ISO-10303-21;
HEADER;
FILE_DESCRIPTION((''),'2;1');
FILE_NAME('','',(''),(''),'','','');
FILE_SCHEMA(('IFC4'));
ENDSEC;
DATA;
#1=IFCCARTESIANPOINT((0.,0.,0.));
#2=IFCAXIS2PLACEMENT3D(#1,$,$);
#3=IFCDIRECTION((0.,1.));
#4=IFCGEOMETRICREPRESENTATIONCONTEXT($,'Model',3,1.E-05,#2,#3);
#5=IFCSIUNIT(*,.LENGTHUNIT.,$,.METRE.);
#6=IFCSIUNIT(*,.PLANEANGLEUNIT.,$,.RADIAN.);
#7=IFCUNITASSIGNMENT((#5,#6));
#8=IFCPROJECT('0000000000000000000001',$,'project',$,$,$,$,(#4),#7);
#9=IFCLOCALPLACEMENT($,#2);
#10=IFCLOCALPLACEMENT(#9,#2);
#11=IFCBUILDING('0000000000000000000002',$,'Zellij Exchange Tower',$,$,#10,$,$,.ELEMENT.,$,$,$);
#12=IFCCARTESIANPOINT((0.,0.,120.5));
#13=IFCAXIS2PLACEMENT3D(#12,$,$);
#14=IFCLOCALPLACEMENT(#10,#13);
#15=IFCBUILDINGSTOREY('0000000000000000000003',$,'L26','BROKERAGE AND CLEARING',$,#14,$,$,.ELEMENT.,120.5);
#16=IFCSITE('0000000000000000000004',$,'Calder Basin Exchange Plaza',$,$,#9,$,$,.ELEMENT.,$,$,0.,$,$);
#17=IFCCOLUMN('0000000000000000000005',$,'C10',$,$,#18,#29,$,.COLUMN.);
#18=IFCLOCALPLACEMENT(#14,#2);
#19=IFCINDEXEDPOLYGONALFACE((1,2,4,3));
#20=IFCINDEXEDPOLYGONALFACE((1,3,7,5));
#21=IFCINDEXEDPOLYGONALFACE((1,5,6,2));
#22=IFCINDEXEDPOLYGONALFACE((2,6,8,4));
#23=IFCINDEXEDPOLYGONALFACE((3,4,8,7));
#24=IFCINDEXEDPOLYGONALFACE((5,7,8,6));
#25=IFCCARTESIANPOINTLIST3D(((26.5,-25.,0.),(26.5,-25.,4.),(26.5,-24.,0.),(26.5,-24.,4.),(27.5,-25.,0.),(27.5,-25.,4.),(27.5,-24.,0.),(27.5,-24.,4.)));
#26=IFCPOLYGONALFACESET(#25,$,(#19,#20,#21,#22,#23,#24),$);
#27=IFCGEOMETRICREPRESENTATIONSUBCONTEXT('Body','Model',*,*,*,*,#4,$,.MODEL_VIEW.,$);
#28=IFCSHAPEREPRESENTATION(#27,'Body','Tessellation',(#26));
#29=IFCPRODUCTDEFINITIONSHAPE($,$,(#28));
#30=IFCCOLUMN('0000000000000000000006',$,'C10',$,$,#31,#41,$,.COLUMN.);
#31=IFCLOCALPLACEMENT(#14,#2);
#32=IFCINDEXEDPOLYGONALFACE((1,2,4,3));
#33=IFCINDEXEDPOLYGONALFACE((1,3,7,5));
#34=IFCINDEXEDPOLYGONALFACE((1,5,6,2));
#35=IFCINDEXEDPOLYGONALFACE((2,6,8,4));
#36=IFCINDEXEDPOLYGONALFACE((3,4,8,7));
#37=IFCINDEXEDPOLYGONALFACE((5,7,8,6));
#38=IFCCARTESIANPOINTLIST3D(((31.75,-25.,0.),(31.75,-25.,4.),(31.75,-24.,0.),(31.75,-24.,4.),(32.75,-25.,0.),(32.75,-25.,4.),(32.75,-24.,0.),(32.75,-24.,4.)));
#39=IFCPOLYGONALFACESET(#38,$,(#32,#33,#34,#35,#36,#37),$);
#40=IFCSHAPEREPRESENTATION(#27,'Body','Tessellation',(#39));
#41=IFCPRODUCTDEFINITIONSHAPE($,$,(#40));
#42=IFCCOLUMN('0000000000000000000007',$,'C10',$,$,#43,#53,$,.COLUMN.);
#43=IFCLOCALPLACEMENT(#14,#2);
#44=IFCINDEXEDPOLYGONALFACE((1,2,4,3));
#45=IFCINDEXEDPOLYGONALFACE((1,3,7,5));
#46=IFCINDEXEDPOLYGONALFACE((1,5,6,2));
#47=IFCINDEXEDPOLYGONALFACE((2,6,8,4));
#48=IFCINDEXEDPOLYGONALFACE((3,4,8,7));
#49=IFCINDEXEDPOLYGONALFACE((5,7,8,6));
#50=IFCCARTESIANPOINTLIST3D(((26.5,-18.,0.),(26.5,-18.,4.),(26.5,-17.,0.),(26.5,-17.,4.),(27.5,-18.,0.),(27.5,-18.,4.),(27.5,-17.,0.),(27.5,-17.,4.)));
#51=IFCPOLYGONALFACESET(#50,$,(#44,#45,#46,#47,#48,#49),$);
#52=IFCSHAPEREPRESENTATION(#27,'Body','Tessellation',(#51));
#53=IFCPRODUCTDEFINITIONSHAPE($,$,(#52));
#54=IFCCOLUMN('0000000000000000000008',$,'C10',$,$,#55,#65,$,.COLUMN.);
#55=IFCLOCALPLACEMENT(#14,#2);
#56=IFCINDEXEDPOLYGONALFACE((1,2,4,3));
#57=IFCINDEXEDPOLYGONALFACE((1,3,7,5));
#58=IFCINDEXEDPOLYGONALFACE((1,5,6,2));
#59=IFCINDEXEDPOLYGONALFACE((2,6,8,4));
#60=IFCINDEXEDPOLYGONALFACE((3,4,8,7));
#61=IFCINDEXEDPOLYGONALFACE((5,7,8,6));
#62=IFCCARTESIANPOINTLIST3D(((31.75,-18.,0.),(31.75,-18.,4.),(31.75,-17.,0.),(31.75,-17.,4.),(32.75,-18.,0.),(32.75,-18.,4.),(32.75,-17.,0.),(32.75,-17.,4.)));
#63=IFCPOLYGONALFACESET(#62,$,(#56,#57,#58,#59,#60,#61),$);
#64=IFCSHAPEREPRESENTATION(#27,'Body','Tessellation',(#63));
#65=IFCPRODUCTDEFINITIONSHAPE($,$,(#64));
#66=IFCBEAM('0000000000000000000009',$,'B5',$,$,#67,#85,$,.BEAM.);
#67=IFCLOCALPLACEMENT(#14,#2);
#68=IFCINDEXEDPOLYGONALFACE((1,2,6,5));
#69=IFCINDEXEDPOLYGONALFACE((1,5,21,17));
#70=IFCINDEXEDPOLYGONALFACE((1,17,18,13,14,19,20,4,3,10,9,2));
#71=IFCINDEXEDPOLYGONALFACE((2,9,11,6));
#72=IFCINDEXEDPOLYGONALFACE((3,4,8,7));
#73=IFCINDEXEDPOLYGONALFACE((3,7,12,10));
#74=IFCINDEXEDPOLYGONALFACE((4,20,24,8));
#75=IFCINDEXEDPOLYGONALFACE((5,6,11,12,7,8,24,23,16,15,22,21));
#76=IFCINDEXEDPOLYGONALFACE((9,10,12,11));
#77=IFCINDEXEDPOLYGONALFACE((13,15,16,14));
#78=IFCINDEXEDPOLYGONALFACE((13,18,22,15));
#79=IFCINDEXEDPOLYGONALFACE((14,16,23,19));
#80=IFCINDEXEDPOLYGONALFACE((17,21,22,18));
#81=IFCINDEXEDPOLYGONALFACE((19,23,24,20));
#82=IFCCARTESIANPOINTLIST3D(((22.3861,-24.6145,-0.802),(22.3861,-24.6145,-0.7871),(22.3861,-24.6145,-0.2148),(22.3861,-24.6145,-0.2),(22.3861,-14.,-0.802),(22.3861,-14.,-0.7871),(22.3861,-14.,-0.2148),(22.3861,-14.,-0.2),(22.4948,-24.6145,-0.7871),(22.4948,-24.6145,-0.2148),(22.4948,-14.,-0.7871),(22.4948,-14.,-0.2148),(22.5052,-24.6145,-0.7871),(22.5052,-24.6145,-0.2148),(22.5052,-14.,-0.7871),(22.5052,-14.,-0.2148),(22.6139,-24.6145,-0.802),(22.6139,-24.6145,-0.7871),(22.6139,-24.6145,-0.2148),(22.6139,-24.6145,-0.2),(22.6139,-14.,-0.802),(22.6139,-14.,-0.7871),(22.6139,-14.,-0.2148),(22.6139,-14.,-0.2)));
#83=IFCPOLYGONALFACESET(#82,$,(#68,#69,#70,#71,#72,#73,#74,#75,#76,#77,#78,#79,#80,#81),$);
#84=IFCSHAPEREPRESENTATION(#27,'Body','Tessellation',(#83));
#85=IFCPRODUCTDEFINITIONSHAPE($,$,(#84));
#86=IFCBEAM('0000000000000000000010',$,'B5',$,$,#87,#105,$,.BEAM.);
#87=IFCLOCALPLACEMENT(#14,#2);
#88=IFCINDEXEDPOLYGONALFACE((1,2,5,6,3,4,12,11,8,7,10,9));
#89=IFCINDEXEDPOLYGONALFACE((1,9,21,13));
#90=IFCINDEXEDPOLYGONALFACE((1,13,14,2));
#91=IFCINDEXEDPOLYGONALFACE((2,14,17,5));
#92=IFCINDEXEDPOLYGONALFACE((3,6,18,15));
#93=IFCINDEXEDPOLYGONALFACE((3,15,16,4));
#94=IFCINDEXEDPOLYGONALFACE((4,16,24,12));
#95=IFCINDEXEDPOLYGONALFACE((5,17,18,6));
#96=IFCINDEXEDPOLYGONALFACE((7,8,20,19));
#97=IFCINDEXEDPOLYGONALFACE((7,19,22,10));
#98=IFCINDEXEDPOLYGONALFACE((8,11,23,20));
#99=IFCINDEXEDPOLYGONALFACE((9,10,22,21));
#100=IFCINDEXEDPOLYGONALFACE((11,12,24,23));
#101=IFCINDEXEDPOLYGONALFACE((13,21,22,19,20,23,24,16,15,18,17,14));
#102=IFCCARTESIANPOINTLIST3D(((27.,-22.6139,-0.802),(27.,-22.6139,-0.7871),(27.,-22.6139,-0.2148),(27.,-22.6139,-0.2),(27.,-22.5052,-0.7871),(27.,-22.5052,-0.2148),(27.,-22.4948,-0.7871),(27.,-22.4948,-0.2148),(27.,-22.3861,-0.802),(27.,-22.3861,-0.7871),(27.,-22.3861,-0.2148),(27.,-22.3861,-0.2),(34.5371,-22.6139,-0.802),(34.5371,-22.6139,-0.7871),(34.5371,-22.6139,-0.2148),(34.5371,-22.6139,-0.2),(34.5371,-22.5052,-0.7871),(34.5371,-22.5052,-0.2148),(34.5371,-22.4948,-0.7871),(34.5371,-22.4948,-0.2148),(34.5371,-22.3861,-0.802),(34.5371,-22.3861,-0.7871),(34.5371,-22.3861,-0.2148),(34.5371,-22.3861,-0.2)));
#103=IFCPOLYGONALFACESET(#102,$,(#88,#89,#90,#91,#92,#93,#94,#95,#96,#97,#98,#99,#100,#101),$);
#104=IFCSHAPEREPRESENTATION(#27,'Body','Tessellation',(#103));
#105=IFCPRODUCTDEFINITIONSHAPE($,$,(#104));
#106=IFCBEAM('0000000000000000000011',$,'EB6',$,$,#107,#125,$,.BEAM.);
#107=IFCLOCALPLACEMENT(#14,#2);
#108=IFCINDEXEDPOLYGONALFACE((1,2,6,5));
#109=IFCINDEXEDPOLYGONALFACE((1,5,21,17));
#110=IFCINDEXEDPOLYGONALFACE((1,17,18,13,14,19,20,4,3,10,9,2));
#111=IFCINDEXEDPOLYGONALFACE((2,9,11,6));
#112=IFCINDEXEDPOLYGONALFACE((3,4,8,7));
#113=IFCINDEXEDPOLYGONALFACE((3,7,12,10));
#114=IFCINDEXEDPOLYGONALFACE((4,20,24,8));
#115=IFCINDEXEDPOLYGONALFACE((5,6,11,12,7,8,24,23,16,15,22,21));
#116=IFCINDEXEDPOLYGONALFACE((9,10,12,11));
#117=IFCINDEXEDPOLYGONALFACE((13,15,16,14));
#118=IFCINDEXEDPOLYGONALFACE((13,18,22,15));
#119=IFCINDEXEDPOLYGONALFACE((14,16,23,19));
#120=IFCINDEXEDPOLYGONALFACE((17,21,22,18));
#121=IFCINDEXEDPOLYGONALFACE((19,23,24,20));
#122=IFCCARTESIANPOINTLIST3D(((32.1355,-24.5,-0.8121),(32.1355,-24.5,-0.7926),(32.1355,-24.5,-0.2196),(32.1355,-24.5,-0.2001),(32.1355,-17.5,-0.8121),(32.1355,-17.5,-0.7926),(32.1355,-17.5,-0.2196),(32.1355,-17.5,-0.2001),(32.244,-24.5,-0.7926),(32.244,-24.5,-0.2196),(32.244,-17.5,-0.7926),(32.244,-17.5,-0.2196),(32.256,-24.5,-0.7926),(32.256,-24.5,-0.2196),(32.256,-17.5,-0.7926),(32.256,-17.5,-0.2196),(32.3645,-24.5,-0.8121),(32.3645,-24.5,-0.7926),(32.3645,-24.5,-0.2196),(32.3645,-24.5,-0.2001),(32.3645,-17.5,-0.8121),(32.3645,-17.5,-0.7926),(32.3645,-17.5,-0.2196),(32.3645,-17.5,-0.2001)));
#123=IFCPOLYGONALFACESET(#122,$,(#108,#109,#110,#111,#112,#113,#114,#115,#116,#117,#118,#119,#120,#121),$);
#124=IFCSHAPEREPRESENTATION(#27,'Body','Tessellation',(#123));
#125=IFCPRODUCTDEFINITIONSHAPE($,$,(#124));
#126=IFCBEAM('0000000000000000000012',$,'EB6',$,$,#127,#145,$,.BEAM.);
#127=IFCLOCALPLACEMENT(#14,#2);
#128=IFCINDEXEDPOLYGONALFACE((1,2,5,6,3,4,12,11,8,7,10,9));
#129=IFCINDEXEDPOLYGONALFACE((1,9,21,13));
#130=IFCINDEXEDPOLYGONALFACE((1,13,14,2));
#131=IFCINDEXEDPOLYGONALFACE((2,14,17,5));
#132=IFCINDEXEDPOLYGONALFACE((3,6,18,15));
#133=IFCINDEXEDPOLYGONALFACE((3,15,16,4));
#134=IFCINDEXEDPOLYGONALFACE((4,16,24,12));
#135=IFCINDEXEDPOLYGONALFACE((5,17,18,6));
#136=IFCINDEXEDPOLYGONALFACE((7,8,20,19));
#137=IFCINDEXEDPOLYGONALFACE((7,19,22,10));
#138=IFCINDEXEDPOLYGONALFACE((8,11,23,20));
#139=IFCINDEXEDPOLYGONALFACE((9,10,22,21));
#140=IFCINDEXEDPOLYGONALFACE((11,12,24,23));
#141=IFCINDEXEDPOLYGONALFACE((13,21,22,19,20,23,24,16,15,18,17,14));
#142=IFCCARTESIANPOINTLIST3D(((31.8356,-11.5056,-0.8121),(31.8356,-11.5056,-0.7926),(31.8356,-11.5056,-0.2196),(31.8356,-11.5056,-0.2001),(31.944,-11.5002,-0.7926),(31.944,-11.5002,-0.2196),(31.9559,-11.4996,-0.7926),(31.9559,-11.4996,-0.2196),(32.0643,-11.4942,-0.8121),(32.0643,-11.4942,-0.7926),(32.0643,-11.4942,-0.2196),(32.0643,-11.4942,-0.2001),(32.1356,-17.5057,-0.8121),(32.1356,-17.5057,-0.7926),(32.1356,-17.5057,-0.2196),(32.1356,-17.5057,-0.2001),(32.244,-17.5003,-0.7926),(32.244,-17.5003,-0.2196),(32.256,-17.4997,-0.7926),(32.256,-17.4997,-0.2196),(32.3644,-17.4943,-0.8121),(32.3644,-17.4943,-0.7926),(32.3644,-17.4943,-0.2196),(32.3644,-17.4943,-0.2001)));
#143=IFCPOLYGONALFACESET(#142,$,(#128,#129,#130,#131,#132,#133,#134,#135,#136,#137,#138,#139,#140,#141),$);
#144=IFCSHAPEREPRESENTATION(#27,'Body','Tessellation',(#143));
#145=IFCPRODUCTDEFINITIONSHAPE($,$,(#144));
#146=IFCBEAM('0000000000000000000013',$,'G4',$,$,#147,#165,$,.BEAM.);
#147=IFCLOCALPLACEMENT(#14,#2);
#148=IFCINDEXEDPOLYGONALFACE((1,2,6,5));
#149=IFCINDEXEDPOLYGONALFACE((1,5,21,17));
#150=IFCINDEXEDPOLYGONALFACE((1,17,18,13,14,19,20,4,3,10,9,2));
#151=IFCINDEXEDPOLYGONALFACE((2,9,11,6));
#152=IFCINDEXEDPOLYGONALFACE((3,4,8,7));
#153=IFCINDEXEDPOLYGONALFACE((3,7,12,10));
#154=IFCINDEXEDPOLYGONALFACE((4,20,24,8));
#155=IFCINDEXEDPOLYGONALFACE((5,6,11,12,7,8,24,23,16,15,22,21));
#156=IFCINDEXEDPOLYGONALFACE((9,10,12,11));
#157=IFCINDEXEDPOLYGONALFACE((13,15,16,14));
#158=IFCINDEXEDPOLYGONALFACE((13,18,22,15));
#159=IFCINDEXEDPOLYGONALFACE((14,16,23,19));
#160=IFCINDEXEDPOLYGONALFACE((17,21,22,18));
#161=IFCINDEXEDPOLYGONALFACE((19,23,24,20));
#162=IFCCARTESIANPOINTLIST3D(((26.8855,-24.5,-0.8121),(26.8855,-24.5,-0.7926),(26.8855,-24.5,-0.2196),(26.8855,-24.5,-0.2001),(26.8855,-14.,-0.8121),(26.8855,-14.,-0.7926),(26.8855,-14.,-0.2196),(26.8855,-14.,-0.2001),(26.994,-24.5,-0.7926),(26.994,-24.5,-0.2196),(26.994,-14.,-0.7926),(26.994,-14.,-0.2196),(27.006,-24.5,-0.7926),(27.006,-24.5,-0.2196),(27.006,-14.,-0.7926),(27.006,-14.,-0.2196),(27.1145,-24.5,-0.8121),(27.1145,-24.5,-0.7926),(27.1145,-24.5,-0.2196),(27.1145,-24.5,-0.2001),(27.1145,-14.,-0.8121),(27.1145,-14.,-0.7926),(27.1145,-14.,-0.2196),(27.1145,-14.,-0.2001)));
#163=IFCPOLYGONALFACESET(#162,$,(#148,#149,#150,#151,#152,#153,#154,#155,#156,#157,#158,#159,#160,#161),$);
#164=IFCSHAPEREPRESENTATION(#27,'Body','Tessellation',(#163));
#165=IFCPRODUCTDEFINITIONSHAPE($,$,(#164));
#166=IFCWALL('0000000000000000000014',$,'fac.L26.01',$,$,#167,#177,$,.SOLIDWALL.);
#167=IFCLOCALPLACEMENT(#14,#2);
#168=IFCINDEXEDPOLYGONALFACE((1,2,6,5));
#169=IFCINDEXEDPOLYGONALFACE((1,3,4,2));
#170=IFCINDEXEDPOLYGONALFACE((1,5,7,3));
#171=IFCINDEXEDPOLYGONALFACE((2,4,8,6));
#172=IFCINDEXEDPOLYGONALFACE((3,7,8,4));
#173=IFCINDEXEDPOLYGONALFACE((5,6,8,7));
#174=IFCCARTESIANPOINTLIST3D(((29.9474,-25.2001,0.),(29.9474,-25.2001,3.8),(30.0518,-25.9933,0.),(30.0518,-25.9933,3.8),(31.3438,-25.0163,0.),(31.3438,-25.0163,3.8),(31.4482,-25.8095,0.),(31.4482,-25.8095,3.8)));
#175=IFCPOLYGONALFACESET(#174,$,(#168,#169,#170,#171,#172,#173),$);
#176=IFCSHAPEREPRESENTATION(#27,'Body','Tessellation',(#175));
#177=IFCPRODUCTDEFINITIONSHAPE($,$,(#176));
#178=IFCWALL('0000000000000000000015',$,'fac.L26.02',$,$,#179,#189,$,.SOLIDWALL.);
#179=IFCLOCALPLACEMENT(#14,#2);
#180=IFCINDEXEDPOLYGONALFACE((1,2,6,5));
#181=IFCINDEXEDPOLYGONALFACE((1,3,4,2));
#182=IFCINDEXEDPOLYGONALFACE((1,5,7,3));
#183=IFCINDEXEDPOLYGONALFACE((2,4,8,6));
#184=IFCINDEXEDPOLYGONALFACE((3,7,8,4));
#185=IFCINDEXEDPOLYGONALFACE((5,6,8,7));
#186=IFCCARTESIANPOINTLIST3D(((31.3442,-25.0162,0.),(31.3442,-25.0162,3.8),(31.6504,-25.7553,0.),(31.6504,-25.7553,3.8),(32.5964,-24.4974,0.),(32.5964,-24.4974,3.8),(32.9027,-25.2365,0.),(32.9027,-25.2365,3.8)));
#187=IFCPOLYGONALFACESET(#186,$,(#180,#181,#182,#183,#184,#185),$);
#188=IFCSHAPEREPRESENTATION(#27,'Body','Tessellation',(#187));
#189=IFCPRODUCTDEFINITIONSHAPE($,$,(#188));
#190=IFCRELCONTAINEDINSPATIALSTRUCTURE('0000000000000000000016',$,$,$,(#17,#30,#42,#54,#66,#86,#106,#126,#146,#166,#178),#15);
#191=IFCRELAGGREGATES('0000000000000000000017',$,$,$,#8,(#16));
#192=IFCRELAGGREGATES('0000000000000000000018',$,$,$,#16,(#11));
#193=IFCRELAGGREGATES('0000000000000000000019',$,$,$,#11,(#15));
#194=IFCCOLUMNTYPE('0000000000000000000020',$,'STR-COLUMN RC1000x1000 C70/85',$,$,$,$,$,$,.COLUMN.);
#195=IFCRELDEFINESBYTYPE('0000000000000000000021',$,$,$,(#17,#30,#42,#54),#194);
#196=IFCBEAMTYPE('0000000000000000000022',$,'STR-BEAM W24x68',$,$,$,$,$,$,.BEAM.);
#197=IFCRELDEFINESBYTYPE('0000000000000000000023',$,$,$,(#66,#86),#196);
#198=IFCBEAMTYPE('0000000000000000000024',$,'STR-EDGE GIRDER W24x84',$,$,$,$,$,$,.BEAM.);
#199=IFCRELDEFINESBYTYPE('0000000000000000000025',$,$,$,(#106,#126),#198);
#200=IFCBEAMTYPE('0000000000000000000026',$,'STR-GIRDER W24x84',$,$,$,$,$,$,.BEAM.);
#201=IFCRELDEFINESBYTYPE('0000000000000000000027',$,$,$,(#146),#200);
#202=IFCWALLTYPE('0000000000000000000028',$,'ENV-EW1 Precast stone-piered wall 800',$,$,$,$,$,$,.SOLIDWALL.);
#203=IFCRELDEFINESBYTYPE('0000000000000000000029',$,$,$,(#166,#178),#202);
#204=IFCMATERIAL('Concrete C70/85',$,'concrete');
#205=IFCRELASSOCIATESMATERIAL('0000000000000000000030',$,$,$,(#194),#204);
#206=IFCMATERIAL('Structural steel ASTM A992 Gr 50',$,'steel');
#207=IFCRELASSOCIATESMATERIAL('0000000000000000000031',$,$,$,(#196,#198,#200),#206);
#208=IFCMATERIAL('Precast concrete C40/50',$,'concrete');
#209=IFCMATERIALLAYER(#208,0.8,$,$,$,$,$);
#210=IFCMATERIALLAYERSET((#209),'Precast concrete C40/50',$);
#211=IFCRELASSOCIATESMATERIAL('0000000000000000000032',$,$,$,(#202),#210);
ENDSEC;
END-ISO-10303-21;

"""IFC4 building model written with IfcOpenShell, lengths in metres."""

from ifc_helpers import new_model, si_unit, direction, frame, frame_2d, origin, origin_2d, place, context, subcontext, project, spatial, rectangle, i_section, extrude, material, layer, layer_set, material_profile, profile_set, type_object, element, save


model = new_model("IFC4")

# Units and contexts
model_context = context("Model", 3, precision=1e-05, world=origin(), true_north=direction((0.0, 1.0)))
body_context = subcontext(model_context, "Body", "Model", "MODEL_VIEW")
ifc_project = project(units=[si_unit("LENGTHUNIT", "METRE"), si_unit("PLANEANGLEUNIT", "RADIAN")], contexts=[model_context])

# Site, building, storey
site_placement = place(None, origin())
site = spatial("IfcSite", under=ifc_project, at=site_placement, Name="Calder Basin Exchange Plaza", CompositionType="ELEMENT", RefElevation=0.0)
building_placement = place(site_placement, origin())
building = spatial("IfcBuilding", under=site, at=building_placement, Name="Zellij Exchange Tower", CompositionType="ELEMENT")
storey_placement = place(building_placement, frame((0.0, 0.0, 120.5)))
storey = spatial("IfcBuildingStorey", under=building, at=storey_placement, Name="L26", Description="BROKERAGE AND CLEARING", CompositionType="ELEMENT", Elevation=120.5)

# Columns
ifc_material_1 = material(Name="Concrete C70/85", Category="concrete")
ifc_material_profile_1 = material_profile(ifc_material_1, rectangle(XDim=1.0, YDim=1.0, at=origin_2d()), Name="STR-COLUMN RC1000x1000 C70/85")
ifc_profile_set_1 = profile_set([ifc_material_profile_1], Name="Concrete C70/85")
column_type = type_object("IfcColumnType", Name="STR-COLUMN RC1000x1000 C70/85", PredefinedType="COLUMN", material=ifc_profile_set_1)
for number, where, z_axis, x_axis, name in (
    (1, (27.0, -24.5, 0.0), (0.0, 0.0, 1.0), (1.0, 0.0, 0.0), "C10"),
    (2, (32.25, -24.5, 0.0), (0.0, 0.0, 1.0), (1.0, 0.0, 0.0), "C10"),
    (3, (27.0, -17.5, 0.0), (0.0, 0.0, 1.0), (1.0, 0.0, 0.0), "C10"),
    (4, (32.25, -17.5, 0.0), (0.0, 0.0, 1.0), (1.0, 0.0, 0.0), "C10"),
):
    element("IfcColumn", number, at=place(storey_placement, frame(where, z_axis=z_axis, x_axis=x_axis)), inside=storey, type_object=column_type, Name=name, PredefinedType="COLUMN", context=body_context, shape_type="SweptSolid", body=[
        extrude(rectangle(XDim=1.0, YDim=1.0, at=origin_2d()), origin(), (0.0, 0.0, 1.0), 4.0),
    ])

# Beams
ifc_material_2 = material(Name="Structural steel ASTM A992 Gr 50", Category="steel")
ifc_material_profile_2 = material_profile(ifc_material_2, i_section(OverallWidth=0.2278, OverallDepth=0.6021, WebThickness=0.0105, FlangeThickness=0.0149, at=origin_2d()), Name="W24x68")
ifc_profile_set_2 = profile_set([ifc_material_profile_2], Name="Structural steel ASTM A992 Gr 50")
beam_type_1 = type_object("IfcBeamType", Name="STR-BEAM W24x68", PredefinedType="BEAM", material=ifc_profile_set_2)
beam_1_placement = place(storey_placement, frame((22.5, -24.6145, -0.501), z_axis=(0.0, 1.0, 0.0), x_axis=(-1.0, 0.0, 0.0)))
element("IfcBeam", 5, at=beam_1_placement, inside=storey, type_object=beam_type_1, Name="B5", PredefinedType="BEAM", context=body_context, shape_type="SweptSolid", body=[
    extrude(i_section(OverallWidth=0.2278, OverallDepth=0.6021, WebThickness=0.0105, FlangeThickness=0.0149, at=origin_2d()), origin(), (0.0, 0.0, 1.0), 10.6145),
])
beam_2_placement = place(storey_placement, frame((27.0, -22.5, -0.501), z_axis=(1.0, 0.0, 0.0), x_axis=(0.0, 1.0, 0.0)))
element("IfcBeam", 6, at=beam_2_placement, inside=storey, type_object=beam_type_1, Name="B5", PredefinedType="BEAM", context=body_context, shape_type="SweptSolid", body=[
    extrude(i_section(OverallWidth=0.2278, OverallDepth=0.6021, WebThickness=0.0105, FlangeThickness=0.0149, at=origin_2d()), origin(), (0.0, 0.0, 1.0), 7.5371),
])
ifc_material_profile_3 = material_profile(ifc_material_2, i_section(OverallWidth=0.229, OverallDepth=0.6121, WebThickness=0.012, FlangeThickness=0.0195, at=origin_2d()), Name="W24x84")
ifc_profile_set_3 = profile_set([ifc_material_profile_3], Name="Structural steel ASTM A992 Gr 50")
beam_type_2 = type_object("IfcBeamType", Name="STR-EDGE GIRDER W24x84", PredefinedType="BEAM", material=ifc_profile_set_3)
beam_3_placement = place(storey_placement, frame((32.25, -24.5, -0.5061), z_axis=(0.0, 1.0, 0.0), x_axis=(-1.0, 0.0, 0.0)))
element("IfcBeam", 7, at=beam_3_placement, inside=storey, type_object=beam_type_2, Name="EB6", PredefinedType="BEAM", context=body_context, shape_type="SweptSolid", body=[
    extrude(i_section(OverallWidth=0.229, OverallDepth=0.6121, WebThickness=0.012, FlangeThickness=0.0195, at=origin_2d()), origin(), (0.0, 0.0, 1.0), 7.0),
])
beam_4_placement = place(storey_placement, frame((32.25, -17.5, -0.5061), z_axis=(-0.049946, 0.998752, 0.0), x_axis=(-0.998752, -0.049946, 0.0)))
element("IfcBeam", 8, at=beam_4_placement, inside=storey, type_object=beam_type_2, Name="EB6", PredefinedType="BEAM", context=body_context, shape_type="SweptSolid", body=[
    extrude(i_section(OverallWidth=0.229, OverallDepth=0.6121, WebThickness=0.012, FlangeThickness=0.0195, at=origin_2d()), origin(), (0.0, 0.0, 1.0), 6.0076),
])
ifc_material_profile_4 = material_profile(ifc_material_2, i_section(OverallWidth=0.229, OverallDepth=0.6121, WebThickness=0.012, FlangeThickness=0.0195, at=origin_2d()), Name="W24x84")
ifc_profile_set_4 = profile_set([ifc_material_profile_4], Name="Structural steel ASTM A992 Gr 50")
beam_type_3 = type_object("IfcBeamType", Name="STR-GIRDER W24x84", PredefinedType="BEAM", material=ifc_profile_set_4)
beam_5_placement = place(storey_placement, frame((27.0, -24.5, -0.5061), z_axis=(0.0, 1.0, 0.0), x_axis=(-1.0, 0.0, 0.0)))
element("IfcBeam", 9, at=beam_5_placement, inside=storey, type_object=beam_type_3, Name="G4", PredefinedType="BEAM", context=body_context, shape_type="SweptSolid", body=[
    extrude(i_section(OverallWidth=0.229, OverallDepth=0.6121, WebThickness=0.012, FlangeThickness=0.0195, at=origin_2d()), origin(), (0.0, 0.0, 1.0), 10.5),
])

# Walls
ifc_material_3 = material(Name="Precast concrete C40/50", Category="concrete")
ifc_layer_1 = layer(ifc_material_3, 0.8)
ifc_layer_set_1 = layer_set([ifc_layer_1], Name="Precast concrete C40/50")
wall_type_1 = type_object("IfcWallType", Name="ENV-EW1 Precast stone-piered wall 800", PredefinedType="SOLIDWALL", material=ifc_layer_set_1)
wall_1_placement = place(storey_placement, frame((29.9998, -25.5967, 0.0), z_axis=(0.0, 0.0, 1.0), x_axis=(0.991446, 0.130517, 0.0)))
element("IfcWall", 10, at=wall_1_placement, inside=storey, type_object=wall_type_1, Name="fac.L26.01", PredefinedType="SOLIDWALL", context=body_context, shape_type="SweptSolid", body=[
    extrude(rectangle(XDim=1.4084, YDim=0.8, at=frame_2d((0.7041, 0.0))), origin(), (0.0, 0.0, 1.0), 3.8),
])
wall_2_placement = place(storey_placement, frame((31.4973, -25.3857, 0.0), z_axis=(0.0, 0.0, 1.0), x_axis=(0.923848, 0.38276, 0.0)))
element("IfcWall", 11, at=wall_2_placement, inside=storey, type_object=wall_type_1, Name="fac.L26.02", PredefinedType="SOLIDWALL", context=body_context, shape_type="SweptSolid", body=[
    extrude(rectangle(XDim=1.3555, YDim=0.8, at=frame_2d((0.6777, 0.0))), origin(), (0.0, 0.0, 1.0), 3.8),
])

save(model, "model.ifc")
